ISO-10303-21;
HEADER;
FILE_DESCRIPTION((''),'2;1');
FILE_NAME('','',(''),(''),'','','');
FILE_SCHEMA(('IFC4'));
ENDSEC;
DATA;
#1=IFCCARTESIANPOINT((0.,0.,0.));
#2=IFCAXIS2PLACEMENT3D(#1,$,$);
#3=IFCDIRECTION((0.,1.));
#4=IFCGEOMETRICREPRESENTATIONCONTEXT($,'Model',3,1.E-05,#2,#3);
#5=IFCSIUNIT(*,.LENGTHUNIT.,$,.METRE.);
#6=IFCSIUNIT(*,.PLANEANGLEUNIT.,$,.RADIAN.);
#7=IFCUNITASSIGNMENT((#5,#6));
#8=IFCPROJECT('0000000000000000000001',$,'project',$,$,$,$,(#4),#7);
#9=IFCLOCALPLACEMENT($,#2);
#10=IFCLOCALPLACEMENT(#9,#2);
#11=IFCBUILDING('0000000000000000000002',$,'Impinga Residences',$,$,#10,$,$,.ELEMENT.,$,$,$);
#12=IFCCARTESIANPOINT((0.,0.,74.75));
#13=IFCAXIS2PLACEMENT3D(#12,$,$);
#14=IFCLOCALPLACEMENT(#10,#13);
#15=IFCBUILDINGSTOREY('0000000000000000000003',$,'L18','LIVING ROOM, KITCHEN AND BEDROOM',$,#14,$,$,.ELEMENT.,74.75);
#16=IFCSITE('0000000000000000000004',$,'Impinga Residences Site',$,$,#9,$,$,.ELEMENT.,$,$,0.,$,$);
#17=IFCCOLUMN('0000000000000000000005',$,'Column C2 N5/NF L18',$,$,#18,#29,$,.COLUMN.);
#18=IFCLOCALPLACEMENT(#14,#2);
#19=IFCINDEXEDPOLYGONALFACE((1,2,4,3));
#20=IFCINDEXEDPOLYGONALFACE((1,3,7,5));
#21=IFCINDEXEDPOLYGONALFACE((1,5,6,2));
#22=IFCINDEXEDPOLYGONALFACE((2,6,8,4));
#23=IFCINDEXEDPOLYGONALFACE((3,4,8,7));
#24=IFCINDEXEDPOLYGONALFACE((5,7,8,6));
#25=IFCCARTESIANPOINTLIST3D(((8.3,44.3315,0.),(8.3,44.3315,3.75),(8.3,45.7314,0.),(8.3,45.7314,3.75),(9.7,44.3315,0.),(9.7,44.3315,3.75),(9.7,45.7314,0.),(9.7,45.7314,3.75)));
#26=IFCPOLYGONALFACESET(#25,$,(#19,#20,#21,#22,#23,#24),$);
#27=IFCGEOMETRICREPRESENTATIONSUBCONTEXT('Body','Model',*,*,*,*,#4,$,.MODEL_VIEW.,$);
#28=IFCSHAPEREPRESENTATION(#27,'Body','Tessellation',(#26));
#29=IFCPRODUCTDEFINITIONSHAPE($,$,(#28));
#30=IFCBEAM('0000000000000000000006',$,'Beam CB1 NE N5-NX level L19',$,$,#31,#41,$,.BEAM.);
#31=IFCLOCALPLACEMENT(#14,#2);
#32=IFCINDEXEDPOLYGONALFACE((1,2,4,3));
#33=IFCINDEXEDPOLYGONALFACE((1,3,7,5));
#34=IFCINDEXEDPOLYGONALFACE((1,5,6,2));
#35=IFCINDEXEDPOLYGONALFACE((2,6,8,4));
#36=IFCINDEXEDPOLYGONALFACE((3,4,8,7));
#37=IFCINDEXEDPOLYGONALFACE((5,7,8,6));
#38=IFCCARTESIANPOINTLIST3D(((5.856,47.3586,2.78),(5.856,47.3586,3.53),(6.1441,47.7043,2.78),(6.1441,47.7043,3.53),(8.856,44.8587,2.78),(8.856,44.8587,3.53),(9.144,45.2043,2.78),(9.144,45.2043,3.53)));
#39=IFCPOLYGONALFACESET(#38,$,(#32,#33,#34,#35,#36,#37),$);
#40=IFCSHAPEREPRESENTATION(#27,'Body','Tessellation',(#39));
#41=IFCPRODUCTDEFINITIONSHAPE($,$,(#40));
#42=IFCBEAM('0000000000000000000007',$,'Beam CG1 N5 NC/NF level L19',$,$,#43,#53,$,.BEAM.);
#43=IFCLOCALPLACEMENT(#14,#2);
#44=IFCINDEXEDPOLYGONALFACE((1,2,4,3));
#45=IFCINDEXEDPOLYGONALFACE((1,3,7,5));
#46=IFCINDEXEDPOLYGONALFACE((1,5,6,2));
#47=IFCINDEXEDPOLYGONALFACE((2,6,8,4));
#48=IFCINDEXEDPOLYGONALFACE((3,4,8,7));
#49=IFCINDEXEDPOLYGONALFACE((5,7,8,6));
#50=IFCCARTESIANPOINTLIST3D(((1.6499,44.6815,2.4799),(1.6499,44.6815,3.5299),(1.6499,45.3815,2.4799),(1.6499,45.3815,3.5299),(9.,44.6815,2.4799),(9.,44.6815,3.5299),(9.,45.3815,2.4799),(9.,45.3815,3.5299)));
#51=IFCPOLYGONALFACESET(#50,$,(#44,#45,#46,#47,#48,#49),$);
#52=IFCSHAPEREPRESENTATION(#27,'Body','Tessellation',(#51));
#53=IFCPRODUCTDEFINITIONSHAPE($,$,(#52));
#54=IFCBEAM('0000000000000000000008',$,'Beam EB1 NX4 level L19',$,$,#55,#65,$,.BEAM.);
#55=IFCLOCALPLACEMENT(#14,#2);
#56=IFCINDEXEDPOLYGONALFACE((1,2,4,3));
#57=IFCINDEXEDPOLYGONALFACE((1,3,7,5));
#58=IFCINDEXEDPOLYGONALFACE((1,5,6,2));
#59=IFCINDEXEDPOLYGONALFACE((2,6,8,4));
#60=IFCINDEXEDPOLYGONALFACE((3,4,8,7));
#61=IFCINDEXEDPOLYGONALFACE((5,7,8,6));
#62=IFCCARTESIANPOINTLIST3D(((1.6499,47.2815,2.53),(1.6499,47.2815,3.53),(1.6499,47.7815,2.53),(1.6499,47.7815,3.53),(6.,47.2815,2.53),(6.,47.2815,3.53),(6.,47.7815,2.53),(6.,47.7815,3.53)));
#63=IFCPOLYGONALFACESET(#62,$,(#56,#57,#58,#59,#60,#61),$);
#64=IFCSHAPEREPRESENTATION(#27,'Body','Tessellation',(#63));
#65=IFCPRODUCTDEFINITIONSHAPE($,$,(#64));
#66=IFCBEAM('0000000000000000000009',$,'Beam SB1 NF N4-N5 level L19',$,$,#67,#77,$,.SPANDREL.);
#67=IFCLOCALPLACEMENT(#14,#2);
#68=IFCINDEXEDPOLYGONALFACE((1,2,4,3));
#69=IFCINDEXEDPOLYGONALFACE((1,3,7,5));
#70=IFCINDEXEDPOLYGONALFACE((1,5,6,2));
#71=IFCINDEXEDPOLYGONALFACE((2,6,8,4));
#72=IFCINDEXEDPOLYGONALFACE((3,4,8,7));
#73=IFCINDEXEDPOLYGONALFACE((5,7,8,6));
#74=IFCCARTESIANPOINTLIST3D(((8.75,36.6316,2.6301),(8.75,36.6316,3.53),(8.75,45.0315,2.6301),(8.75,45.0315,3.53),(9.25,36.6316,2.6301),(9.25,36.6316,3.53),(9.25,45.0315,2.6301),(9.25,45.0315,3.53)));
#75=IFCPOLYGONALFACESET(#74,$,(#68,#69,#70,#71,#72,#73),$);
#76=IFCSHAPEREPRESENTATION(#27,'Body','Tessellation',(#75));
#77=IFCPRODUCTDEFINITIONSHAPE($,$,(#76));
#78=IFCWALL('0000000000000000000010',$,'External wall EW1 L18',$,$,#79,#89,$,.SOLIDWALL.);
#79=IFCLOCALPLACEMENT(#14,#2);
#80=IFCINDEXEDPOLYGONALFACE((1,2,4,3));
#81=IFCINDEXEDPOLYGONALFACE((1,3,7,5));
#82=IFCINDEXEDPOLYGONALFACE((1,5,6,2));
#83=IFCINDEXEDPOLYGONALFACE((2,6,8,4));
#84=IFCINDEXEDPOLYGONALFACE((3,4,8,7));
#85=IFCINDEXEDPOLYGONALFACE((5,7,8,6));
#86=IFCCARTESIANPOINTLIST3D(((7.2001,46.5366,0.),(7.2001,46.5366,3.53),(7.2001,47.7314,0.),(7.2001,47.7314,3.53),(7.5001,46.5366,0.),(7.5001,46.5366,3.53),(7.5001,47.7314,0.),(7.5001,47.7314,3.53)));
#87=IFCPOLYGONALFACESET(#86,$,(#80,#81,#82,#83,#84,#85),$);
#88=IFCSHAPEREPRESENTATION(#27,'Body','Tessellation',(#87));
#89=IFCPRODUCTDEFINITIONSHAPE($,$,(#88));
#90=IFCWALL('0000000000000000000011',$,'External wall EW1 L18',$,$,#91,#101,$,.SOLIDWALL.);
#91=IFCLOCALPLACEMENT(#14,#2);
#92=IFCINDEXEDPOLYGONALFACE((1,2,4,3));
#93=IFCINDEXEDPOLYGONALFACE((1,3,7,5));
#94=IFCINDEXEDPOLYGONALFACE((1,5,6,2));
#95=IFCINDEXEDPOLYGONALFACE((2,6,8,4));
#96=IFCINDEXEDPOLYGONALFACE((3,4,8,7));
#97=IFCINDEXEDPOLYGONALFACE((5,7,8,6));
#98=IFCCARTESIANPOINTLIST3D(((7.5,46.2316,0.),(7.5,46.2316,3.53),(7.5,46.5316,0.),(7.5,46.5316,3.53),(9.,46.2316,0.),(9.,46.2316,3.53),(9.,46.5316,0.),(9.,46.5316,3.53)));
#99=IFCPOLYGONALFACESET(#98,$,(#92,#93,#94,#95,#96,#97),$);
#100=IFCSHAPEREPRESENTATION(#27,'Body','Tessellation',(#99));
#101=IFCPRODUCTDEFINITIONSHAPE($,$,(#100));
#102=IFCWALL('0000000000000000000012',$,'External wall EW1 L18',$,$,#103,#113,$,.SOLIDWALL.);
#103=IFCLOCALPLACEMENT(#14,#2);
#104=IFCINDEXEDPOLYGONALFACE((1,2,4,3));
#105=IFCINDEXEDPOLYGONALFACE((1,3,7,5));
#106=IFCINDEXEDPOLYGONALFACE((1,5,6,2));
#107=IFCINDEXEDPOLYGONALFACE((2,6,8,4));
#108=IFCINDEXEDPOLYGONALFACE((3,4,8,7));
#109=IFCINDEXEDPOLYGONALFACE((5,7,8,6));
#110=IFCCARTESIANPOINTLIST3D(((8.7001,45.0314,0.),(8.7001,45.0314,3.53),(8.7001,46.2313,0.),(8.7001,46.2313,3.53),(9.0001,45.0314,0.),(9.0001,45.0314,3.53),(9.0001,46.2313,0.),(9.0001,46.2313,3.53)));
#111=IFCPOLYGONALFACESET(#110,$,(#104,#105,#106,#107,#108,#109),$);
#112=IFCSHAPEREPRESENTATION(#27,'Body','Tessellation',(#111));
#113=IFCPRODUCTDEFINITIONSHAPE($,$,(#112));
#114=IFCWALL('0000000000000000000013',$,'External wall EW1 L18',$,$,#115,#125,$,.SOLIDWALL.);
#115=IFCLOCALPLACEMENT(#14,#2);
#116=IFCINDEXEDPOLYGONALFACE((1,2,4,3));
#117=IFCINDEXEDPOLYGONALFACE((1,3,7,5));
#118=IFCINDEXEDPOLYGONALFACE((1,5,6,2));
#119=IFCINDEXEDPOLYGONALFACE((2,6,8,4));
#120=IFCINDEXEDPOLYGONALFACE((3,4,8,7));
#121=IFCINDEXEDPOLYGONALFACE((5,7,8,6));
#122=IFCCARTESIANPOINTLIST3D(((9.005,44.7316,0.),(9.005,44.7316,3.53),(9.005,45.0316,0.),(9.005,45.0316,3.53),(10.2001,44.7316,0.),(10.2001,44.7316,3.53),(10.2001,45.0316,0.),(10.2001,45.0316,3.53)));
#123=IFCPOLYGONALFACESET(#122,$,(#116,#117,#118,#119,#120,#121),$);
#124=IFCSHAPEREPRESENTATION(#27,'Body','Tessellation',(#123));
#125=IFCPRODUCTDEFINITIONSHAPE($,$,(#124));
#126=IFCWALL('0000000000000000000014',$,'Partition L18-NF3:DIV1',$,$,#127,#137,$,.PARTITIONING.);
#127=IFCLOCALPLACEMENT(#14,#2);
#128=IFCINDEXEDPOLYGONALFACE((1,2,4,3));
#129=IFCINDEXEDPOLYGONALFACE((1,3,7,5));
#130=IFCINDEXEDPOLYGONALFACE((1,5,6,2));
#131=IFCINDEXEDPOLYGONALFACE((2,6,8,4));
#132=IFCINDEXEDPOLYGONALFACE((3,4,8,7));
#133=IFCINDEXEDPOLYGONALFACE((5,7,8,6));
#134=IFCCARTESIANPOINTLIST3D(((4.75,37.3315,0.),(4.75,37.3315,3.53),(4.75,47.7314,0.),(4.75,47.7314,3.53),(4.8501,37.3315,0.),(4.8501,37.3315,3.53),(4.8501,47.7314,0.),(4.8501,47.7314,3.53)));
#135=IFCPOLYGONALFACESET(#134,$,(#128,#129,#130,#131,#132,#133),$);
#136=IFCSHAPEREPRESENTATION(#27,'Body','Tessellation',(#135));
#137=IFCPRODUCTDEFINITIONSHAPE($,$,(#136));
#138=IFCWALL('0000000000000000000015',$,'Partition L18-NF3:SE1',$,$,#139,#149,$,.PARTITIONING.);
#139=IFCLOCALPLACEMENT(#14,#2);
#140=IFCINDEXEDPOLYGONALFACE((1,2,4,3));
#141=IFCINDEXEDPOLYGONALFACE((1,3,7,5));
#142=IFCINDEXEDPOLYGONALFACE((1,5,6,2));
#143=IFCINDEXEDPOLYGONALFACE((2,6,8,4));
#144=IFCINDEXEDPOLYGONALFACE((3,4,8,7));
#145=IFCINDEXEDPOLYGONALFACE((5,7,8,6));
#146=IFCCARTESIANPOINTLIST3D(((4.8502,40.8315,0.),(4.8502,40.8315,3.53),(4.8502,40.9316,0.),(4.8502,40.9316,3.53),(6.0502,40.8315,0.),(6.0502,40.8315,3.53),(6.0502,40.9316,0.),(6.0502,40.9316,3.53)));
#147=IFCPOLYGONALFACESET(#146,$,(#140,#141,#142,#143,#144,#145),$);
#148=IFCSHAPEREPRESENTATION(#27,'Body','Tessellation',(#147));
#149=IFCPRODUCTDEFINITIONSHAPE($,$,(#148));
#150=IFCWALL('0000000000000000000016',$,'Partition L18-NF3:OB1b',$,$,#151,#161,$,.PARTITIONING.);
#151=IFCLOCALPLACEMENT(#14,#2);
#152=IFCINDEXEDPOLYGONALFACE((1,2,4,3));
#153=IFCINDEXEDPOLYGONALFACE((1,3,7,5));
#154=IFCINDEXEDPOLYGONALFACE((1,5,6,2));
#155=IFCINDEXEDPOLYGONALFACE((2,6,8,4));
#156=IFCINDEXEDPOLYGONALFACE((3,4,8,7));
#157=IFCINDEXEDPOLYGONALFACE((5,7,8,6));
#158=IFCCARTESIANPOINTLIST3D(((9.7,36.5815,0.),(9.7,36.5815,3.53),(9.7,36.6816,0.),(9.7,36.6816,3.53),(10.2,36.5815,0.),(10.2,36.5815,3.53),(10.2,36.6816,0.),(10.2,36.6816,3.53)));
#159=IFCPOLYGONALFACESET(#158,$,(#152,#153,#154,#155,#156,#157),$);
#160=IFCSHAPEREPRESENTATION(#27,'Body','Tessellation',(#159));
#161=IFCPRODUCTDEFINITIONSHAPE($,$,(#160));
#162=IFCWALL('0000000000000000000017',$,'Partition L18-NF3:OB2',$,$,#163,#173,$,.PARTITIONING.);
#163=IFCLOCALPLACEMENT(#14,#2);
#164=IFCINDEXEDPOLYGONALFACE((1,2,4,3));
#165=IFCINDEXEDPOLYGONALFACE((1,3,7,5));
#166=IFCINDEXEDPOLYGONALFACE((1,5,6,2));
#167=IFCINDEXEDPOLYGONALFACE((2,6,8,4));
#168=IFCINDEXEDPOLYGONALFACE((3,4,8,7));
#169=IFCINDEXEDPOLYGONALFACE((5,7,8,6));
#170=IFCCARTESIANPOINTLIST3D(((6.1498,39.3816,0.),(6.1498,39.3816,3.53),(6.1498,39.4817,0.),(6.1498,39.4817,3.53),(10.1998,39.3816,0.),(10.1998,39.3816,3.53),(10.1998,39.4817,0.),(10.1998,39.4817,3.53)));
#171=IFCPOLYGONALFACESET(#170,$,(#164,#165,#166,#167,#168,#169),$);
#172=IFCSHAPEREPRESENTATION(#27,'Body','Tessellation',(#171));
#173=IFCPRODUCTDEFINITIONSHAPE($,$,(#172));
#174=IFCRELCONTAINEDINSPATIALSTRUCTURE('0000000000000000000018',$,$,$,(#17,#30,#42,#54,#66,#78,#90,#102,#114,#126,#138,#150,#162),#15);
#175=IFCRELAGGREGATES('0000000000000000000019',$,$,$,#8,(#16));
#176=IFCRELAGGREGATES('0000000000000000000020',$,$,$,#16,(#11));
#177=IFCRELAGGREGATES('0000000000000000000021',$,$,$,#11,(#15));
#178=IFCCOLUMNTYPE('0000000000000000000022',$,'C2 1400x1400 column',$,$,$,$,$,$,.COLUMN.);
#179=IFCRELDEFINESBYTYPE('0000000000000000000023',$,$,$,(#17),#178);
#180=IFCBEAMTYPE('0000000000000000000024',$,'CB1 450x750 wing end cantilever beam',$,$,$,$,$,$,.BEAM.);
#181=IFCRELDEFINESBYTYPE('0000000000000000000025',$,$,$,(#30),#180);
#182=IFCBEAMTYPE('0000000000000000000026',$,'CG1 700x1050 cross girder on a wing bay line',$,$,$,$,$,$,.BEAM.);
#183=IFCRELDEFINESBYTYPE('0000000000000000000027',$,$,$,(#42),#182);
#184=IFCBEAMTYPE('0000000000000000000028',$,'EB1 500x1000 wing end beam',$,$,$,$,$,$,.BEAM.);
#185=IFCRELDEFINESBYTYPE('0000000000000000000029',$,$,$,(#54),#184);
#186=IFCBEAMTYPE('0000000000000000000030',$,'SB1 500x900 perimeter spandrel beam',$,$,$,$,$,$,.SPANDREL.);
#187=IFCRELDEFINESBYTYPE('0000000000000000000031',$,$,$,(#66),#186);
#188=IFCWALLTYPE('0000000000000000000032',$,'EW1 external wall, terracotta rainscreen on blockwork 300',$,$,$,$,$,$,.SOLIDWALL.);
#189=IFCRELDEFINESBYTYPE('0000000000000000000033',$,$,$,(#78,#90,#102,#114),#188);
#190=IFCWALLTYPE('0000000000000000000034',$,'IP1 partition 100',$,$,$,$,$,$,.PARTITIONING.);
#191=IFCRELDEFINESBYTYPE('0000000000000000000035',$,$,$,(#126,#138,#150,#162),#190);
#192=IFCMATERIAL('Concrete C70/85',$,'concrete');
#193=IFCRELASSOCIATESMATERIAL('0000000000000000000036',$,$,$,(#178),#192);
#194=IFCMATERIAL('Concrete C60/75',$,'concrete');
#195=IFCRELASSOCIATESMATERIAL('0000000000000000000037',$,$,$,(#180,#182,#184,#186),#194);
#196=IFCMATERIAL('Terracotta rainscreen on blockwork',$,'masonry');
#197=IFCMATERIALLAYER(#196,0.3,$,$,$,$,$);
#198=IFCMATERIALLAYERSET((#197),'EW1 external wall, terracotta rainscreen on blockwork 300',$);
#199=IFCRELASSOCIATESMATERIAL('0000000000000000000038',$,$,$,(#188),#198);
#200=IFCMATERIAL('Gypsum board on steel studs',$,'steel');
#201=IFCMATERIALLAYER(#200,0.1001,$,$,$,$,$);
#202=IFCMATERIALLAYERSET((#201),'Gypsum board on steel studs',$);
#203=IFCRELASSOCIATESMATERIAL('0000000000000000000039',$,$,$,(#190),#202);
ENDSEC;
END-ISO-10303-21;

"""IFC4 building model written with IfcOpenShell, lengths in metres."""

from ifc_helpers import new_model, si_unit, direction, frame, frame_2d, origin, origin_2d, place, context, subcontext, project, spatial, rectangle, extrude, material, layer, layer_set, material_profile, profile_set, type_object, element, save


model = new_model("IFC4")

# Units and contexts
model_context = context("Model", 3, precision=1e-05, world=origin(), true_north=direction((0.0, 1.0)))
body_context = subcontext(model_context, "Body", "Model", "MODEL_VIEW")
ifc_project = project(units=[si_unit("LENGTHUNIT", "METRE"), si_unit("PLANEANGLEUNIT", "RADIAN")], contexts=[model_context])

# Site, building, storey
site_placement = place(None, origin())
site = spatial("IfcSite", under=ifc_project, at=site_placement, Name="Impinga Residences Site", CompositionType="ELEMENT", RefElevation=0.0)
building_placement = place(site_placement, origin())
building = spatial("IfcBuilding", under=site, at=building_placement, Name="Impinga Residences", CompositionType="ELEMENT")
storey_placement = place(building_placement, frame((0.0, 0.0, 74.75)))
storey = spatial("IfcBuildingStorey", under=building, at=storey_placement, Name="L18", Description="LIVING ROOM, KITCHEN AND BEDROOM", CompositionType="ELEMENT", Elevation=74.75)

# Column
ifc_material_1 = material(Name="Concrete C70/85", Category="concrete")
ifc_material_profile_1 = material_profile(ifc_material_1, rectangle(XDim=1.3999, YDim=1.3999, at=origin_2d()), Name="RC 1400x1400")
ifc_profile_set_1 = profile_set([ifc_material_profile_1], Name="Concrete C70/85")
column_type = type_object("IfcColumnType", Name="C2 1400x1400 column", PredefinedType="COLUMN", material=ifc_profile_set_1)
column_placement = place(storey_placement, frame((9.0, 45.0315, 0.0), z_axis=(0.0, 0.0, 1.0), x_axis=(1.0, 0.0, 0.0)))
element("IfcColumn", 1, at=column_placement, inside=storey, type_object=column_type, Name="Column C2 N5/NF L18", PredefinedType="COLUMN", context=body_context, shape_type="SweptSolid", body=[
    extrude(rectangle(XDim=1.3999, YDim=1.3999, at=origin_2d()), origin(), (0.0, 0.0, 1.0), 3.75),
])

# Beams
ifc_material_2 = material(Name="Concrete C60/75", Category="concrete")
ifc_material_profile_2 = material_profile(ifc_material_2, rectangle(XDim=0.45, YDim=0.75, at=origin_2d()), Name="RC 450x750")
ifc_profile_set_2 = profile_set([ifc_material_profile_2], Name="Concrete C60/75")
beam_type_1 = type_object("IfcBeamType", Name="CB1 450x750 wing end cantilever beam", PredefinedType="BEAM", material=ifc_profile_set_2)
beam_1_placement = place(storey_placement, frame((9.0, 45.0315, 3.155), z_axis=(-0.768221, 0.640184, 0.0), x_axis=(-0.640184, -0.768221, 0.0)))
element("IfcBeam", 2, at=beam_1_placement, inside=storey, type_object=beam_type_1, Name="Beam CB1 NE N5-NX level L19", PredefinedType="BEAM", context=body_context, shape_type="SweptSolid", body=[
    extrude(rectangle(XDim=0.45, YDim=0.75, at=origin_2d()), origin(), (0.0, 0.0, 1.0), 3.905),
])
ifc_material_profile_3 = material_profile(ifc_material_2, rectangle(XDim=0.7, YDim=1.05, at=origin_2d()), Name="RC 700x1050")
ifc_profile_set_3 = profile_set([ifc_material_profile_3], Name="Concrete C60/75")
beam_type_2 = type_object("IfcBeamType", Name="CG1 700x1050 cross girder on a wing bay line", PredefinedType="BEAM", material=ifc_profile_set_3)
beam_2_placement = place(storey_placement, frame((1.6499, 45.0315, 3.0049), z_axis=(1.0, 0.0, 0.0), x_axis=(0.0, 1.0, 0.0)))
element("IfcBeam", 3, at=beam_2_placement, inside=storey, type_object=beam_type_2, Name="Beam CG1 N5 NC/NF level L19", PredefinedType="BEAM", context=body_context, shape_type="SweptSolid", body=[
    extrude(rectangle(XDim=0.7, YDim=1.05, at=origin_2d()), origin(), (0.0, 0.0, 1.0), 7.3501),
])
ifc_material_profile_4 = material_profile(ifc_material_2, rectangle(XDim=0.5, YDim=1.0, at=origin_2d()), Name="RC 500x1000")
ifc_profile_set_4 = profile_set([ifc_material_profile_4], Name="Concrete C60/75")
beam_type_3 = type_object("IfcBeamType", Name="EB1 500x1000 wing end beam", PredefinedType="BEAM", material=ifc_profile_set_4)
beam_3_placement = place(storey_placement, frame((1.6499, 47.5315, 3.03), z_axis=(1.0, 0.0, 0.0), x_axis=(0.0, 1.0, 0.0)))
element("IfcBeam", 4, at=beam_3_placement, inside=storey, type_object=beam_type_3, Name="Beam EB1 NX4 level L19", PredefinedType="BEAM", context=body_context, shape_type="SweptSolid", body=[
    extrude(rectangle(XDim=0.5, YDim=1.0, at=origin_2d()), origin(), (0.0, 0.0, 1.0), 4.3501),
])
ifc_material_profile_5 = material_profile(ifc_material_2, rectangle(XDim=0.5, YDim=0.8999, at=origin_2d()), Name="RC 500x900")
ifc_profile_set_5 = profile_set([ifc_material_profile_5], Name="Concrete C60/75")
beam_type_4 = type_object("IfcBeamType", Name="SB1 500x900 perimeter spandrel beam", PredefinedType="SPANDREL", material=ifc_profile_set_5)
beam_4_placement = place(storey_placement, frame((9.0, 36.6316, 3.0801), z_axis=(0.0, 1.0, 0.0), x_axis=(-1.0, 0.0, 0.0)))
element("IfcBeam", 5, at=beam_4_placement, inside=storey, type_object=beam_type_4, Name="Beam SB1 NF N4-N5 level L19", PredefinedType="SPANDREL", context=body_context, shape_type="SweptSolid", body=[
    extrude(rectangle(XDim=0.5, YDim=0.8999, at=origin_2d()), origin(), (0.0, 0.0, 1.0), 8.3999),
])

# Walls
ifc_material_3 = material(Name="Terracotta rainscreen on blockwork", Category="masonry")
ifc_layer_1 = layer(ifc_material_3, 0.3)
ifc_layer_set_1 = layer_set([ifc_layer_1], Name="EW1 external wall, terracotta rainscreen on blockwork 300")
wall_type_1 = type_object("IfcWallType", Name="EW1 external wall, terracotta rainscreen on blockwork 300", PredefinedType="SOLIDWALL", material=ifc_layer_set_1)
wall_1_placement = place(storey_placement, frame((7.3501, 47.7314, 0.0), z_axis=(0.0, 0.0, 1.0), x_axis=(0.0, -1.0, 0.0)))
element("IfcWall", 6, at=wall_1_placement, inside=storey, type_object=wall_type_1, Name="External wall EW1 L18", PredefinedType="SOLIDWALL", context=body_context, shape_type="SweptSolid", body=[
    extrude(rectangle(XDim=1.1948, YDim=0.3, at=frame_2d((0.5974, 0.0))), origin(), (0.0, 0.0, 1.0), 3.53),
])
wall_2_placement = place(storey_placement, frame((7.5, 46.3816, 0.0), z_axis=(0.0, 0.0, 1.0), x_axis=(1.0, 0.0, 0.0)))
element("IfcWall", 7, at=wall_2_placement, inside=storey, type_object=wall_type_1, Name="External wall EW1 L18", PredefinedType="SOLIDWALL", context=body_context, shape_type="SweptSolid", body=[
    extrude(rectangle(XDim=1.5, YDim=0.3, at=frame_2d((0.75, 0.0))), origin(), (0.0, 0.0, 1.0), 3.53),
])
wall_3_placement = place(storey_placement, frame((8.8501, 46.2314, 0.0), z_axis=(0.0, 0.0, 1.0), x_axis=(0.0, -1.0, 0.0)))
element("IfcWall", 8, at=wall_3_placement, inside=storey, type_object=wall_type_1, Name="External wall EW1 L18", PredefinedType="SOLIDWALL", context=body_context, shape_type="SweptSolid", body=[
    extrude(rectangle(XDim=1.2, YDim=0.3, at=frame_2d((0.6001, 0.0))), origin(), (0.0, 0.0, 1.0), 3.53),
])
wall_4_placement = place(storey_placement, frame((9.0049, 44.8816, 0.0), z_axis=(0.0, 0.0, 1.0), x_axis=(1.0, 0.0, 0.0)))
element("IfcWall", 9, at=wall_4_placement, inside=storey, type_object=wall_type_1, Name="External wall EW1 L18", PredefinedType="SOLIDWALL", context=body_context, shape_type="SweptSolid", body=[
    extrude(rectangle(XDim=1.1951, YDim=0.3, at=frame_2d((0.5977, 0.0))), origin(), (0.0, 0.0, 1.0), 3.53),
])

# Walls
ifc_material_4 = material(Name="Gypsum board on steel studs", Category="steel")
ifc_layer_2 = layer(ifc_material_4, 0.1001)
ifc_layer_set_2 = layer_set([ifc_layer_2], Name="Gypsum board on steel studs")
wall_type_2 = type_object("IfcWallType", Name="IP1 partition 100", PredefinedType="PARTITIONING", material=ifc_layer_set_2)
wall_5_placement = place(storey_placement, frame((4.8, 37.3315, 0.0), z_axis=(0.0, 0.0, 1.0), x_axis=(0.0, 1.0, 0.0)))
element("IfcWall", 10, at=wall_5_placement, inside=storey, type_object=wall_type_2, Name="Partition L18-NF3:DIV1", PredefinedType="PARTITIONING", context=body_context, shape_type="SweptSolid", body=[
    extrude(rectangle(XDim=10.3999, YDim=0.1001, at=frame_2d((5.2, 0.0))), origin(), (0.0, 0.0, 1.0), 3.53),
])
wall_6_placement = place(storey_placement, frame((4.8501, 40.8816, 0.0), z_axis=(0.0, 0.0, 1.0), x_axis=(1.0, 0.0, 0.0)))
element("IfcWall", 11, at=wall_6_placement, inside=storey, type_object=wall_type_2, Name="Partition L18-NF3:SE1", PredefinedType="PARTITIONING", context=body_context, shape_type="SweptSolid", body=[
    extrude(rectangle(XDim=1.2, YDim=0.1001, at=frame_2d((0.6001, 0.0))), origin(), (0.0, 0.0, 1.0), 3.53),
])
wall_7_placement = place(storey_placement, frame((9.7, 36.6316, 0.0), z_axis=(0.0, 0.0, 1.0), x_axis=(1.0, 0.0, 0.0)))
element("IfcWall", 12, at=wall_7_placement, inside=storey, type_object=wall_type_2, Name="Partition L18-NF3:OB1b", PredefinedType="PARTITIONING", context=body_context, shape_type="SweptSolid", body=[
    extrude(rectangle(XDim=0.5, YDim=0.1001, at=frame_2d((0.25, 0.0))), origin(), (0.0, 0.0, 1.0), 3.53),
])
wall_8_placement = place(storey_placement, frame((6.1499, 39.4316, 0.0), z_axis=(0.0, 0.0, 1.0), x_axis=(1.0, 0.0, 0.0)))
element("IfcWall", 13, at=wall_8_placement, inside=storey, type_object=wall_type_2, Name="Partition L18-NF3:OB2", PredefinedType="PARTITIONING", context=body_context, shape_type="SweptSolid", body=[
    extrude(rectangle(XDim=4.05, YDim=0.1001, at=frame_2d((2.0249, 0.0))), origin(), (0.0, 0.0, 1.0), 3.53),
])

save(model, "model.ifc")
